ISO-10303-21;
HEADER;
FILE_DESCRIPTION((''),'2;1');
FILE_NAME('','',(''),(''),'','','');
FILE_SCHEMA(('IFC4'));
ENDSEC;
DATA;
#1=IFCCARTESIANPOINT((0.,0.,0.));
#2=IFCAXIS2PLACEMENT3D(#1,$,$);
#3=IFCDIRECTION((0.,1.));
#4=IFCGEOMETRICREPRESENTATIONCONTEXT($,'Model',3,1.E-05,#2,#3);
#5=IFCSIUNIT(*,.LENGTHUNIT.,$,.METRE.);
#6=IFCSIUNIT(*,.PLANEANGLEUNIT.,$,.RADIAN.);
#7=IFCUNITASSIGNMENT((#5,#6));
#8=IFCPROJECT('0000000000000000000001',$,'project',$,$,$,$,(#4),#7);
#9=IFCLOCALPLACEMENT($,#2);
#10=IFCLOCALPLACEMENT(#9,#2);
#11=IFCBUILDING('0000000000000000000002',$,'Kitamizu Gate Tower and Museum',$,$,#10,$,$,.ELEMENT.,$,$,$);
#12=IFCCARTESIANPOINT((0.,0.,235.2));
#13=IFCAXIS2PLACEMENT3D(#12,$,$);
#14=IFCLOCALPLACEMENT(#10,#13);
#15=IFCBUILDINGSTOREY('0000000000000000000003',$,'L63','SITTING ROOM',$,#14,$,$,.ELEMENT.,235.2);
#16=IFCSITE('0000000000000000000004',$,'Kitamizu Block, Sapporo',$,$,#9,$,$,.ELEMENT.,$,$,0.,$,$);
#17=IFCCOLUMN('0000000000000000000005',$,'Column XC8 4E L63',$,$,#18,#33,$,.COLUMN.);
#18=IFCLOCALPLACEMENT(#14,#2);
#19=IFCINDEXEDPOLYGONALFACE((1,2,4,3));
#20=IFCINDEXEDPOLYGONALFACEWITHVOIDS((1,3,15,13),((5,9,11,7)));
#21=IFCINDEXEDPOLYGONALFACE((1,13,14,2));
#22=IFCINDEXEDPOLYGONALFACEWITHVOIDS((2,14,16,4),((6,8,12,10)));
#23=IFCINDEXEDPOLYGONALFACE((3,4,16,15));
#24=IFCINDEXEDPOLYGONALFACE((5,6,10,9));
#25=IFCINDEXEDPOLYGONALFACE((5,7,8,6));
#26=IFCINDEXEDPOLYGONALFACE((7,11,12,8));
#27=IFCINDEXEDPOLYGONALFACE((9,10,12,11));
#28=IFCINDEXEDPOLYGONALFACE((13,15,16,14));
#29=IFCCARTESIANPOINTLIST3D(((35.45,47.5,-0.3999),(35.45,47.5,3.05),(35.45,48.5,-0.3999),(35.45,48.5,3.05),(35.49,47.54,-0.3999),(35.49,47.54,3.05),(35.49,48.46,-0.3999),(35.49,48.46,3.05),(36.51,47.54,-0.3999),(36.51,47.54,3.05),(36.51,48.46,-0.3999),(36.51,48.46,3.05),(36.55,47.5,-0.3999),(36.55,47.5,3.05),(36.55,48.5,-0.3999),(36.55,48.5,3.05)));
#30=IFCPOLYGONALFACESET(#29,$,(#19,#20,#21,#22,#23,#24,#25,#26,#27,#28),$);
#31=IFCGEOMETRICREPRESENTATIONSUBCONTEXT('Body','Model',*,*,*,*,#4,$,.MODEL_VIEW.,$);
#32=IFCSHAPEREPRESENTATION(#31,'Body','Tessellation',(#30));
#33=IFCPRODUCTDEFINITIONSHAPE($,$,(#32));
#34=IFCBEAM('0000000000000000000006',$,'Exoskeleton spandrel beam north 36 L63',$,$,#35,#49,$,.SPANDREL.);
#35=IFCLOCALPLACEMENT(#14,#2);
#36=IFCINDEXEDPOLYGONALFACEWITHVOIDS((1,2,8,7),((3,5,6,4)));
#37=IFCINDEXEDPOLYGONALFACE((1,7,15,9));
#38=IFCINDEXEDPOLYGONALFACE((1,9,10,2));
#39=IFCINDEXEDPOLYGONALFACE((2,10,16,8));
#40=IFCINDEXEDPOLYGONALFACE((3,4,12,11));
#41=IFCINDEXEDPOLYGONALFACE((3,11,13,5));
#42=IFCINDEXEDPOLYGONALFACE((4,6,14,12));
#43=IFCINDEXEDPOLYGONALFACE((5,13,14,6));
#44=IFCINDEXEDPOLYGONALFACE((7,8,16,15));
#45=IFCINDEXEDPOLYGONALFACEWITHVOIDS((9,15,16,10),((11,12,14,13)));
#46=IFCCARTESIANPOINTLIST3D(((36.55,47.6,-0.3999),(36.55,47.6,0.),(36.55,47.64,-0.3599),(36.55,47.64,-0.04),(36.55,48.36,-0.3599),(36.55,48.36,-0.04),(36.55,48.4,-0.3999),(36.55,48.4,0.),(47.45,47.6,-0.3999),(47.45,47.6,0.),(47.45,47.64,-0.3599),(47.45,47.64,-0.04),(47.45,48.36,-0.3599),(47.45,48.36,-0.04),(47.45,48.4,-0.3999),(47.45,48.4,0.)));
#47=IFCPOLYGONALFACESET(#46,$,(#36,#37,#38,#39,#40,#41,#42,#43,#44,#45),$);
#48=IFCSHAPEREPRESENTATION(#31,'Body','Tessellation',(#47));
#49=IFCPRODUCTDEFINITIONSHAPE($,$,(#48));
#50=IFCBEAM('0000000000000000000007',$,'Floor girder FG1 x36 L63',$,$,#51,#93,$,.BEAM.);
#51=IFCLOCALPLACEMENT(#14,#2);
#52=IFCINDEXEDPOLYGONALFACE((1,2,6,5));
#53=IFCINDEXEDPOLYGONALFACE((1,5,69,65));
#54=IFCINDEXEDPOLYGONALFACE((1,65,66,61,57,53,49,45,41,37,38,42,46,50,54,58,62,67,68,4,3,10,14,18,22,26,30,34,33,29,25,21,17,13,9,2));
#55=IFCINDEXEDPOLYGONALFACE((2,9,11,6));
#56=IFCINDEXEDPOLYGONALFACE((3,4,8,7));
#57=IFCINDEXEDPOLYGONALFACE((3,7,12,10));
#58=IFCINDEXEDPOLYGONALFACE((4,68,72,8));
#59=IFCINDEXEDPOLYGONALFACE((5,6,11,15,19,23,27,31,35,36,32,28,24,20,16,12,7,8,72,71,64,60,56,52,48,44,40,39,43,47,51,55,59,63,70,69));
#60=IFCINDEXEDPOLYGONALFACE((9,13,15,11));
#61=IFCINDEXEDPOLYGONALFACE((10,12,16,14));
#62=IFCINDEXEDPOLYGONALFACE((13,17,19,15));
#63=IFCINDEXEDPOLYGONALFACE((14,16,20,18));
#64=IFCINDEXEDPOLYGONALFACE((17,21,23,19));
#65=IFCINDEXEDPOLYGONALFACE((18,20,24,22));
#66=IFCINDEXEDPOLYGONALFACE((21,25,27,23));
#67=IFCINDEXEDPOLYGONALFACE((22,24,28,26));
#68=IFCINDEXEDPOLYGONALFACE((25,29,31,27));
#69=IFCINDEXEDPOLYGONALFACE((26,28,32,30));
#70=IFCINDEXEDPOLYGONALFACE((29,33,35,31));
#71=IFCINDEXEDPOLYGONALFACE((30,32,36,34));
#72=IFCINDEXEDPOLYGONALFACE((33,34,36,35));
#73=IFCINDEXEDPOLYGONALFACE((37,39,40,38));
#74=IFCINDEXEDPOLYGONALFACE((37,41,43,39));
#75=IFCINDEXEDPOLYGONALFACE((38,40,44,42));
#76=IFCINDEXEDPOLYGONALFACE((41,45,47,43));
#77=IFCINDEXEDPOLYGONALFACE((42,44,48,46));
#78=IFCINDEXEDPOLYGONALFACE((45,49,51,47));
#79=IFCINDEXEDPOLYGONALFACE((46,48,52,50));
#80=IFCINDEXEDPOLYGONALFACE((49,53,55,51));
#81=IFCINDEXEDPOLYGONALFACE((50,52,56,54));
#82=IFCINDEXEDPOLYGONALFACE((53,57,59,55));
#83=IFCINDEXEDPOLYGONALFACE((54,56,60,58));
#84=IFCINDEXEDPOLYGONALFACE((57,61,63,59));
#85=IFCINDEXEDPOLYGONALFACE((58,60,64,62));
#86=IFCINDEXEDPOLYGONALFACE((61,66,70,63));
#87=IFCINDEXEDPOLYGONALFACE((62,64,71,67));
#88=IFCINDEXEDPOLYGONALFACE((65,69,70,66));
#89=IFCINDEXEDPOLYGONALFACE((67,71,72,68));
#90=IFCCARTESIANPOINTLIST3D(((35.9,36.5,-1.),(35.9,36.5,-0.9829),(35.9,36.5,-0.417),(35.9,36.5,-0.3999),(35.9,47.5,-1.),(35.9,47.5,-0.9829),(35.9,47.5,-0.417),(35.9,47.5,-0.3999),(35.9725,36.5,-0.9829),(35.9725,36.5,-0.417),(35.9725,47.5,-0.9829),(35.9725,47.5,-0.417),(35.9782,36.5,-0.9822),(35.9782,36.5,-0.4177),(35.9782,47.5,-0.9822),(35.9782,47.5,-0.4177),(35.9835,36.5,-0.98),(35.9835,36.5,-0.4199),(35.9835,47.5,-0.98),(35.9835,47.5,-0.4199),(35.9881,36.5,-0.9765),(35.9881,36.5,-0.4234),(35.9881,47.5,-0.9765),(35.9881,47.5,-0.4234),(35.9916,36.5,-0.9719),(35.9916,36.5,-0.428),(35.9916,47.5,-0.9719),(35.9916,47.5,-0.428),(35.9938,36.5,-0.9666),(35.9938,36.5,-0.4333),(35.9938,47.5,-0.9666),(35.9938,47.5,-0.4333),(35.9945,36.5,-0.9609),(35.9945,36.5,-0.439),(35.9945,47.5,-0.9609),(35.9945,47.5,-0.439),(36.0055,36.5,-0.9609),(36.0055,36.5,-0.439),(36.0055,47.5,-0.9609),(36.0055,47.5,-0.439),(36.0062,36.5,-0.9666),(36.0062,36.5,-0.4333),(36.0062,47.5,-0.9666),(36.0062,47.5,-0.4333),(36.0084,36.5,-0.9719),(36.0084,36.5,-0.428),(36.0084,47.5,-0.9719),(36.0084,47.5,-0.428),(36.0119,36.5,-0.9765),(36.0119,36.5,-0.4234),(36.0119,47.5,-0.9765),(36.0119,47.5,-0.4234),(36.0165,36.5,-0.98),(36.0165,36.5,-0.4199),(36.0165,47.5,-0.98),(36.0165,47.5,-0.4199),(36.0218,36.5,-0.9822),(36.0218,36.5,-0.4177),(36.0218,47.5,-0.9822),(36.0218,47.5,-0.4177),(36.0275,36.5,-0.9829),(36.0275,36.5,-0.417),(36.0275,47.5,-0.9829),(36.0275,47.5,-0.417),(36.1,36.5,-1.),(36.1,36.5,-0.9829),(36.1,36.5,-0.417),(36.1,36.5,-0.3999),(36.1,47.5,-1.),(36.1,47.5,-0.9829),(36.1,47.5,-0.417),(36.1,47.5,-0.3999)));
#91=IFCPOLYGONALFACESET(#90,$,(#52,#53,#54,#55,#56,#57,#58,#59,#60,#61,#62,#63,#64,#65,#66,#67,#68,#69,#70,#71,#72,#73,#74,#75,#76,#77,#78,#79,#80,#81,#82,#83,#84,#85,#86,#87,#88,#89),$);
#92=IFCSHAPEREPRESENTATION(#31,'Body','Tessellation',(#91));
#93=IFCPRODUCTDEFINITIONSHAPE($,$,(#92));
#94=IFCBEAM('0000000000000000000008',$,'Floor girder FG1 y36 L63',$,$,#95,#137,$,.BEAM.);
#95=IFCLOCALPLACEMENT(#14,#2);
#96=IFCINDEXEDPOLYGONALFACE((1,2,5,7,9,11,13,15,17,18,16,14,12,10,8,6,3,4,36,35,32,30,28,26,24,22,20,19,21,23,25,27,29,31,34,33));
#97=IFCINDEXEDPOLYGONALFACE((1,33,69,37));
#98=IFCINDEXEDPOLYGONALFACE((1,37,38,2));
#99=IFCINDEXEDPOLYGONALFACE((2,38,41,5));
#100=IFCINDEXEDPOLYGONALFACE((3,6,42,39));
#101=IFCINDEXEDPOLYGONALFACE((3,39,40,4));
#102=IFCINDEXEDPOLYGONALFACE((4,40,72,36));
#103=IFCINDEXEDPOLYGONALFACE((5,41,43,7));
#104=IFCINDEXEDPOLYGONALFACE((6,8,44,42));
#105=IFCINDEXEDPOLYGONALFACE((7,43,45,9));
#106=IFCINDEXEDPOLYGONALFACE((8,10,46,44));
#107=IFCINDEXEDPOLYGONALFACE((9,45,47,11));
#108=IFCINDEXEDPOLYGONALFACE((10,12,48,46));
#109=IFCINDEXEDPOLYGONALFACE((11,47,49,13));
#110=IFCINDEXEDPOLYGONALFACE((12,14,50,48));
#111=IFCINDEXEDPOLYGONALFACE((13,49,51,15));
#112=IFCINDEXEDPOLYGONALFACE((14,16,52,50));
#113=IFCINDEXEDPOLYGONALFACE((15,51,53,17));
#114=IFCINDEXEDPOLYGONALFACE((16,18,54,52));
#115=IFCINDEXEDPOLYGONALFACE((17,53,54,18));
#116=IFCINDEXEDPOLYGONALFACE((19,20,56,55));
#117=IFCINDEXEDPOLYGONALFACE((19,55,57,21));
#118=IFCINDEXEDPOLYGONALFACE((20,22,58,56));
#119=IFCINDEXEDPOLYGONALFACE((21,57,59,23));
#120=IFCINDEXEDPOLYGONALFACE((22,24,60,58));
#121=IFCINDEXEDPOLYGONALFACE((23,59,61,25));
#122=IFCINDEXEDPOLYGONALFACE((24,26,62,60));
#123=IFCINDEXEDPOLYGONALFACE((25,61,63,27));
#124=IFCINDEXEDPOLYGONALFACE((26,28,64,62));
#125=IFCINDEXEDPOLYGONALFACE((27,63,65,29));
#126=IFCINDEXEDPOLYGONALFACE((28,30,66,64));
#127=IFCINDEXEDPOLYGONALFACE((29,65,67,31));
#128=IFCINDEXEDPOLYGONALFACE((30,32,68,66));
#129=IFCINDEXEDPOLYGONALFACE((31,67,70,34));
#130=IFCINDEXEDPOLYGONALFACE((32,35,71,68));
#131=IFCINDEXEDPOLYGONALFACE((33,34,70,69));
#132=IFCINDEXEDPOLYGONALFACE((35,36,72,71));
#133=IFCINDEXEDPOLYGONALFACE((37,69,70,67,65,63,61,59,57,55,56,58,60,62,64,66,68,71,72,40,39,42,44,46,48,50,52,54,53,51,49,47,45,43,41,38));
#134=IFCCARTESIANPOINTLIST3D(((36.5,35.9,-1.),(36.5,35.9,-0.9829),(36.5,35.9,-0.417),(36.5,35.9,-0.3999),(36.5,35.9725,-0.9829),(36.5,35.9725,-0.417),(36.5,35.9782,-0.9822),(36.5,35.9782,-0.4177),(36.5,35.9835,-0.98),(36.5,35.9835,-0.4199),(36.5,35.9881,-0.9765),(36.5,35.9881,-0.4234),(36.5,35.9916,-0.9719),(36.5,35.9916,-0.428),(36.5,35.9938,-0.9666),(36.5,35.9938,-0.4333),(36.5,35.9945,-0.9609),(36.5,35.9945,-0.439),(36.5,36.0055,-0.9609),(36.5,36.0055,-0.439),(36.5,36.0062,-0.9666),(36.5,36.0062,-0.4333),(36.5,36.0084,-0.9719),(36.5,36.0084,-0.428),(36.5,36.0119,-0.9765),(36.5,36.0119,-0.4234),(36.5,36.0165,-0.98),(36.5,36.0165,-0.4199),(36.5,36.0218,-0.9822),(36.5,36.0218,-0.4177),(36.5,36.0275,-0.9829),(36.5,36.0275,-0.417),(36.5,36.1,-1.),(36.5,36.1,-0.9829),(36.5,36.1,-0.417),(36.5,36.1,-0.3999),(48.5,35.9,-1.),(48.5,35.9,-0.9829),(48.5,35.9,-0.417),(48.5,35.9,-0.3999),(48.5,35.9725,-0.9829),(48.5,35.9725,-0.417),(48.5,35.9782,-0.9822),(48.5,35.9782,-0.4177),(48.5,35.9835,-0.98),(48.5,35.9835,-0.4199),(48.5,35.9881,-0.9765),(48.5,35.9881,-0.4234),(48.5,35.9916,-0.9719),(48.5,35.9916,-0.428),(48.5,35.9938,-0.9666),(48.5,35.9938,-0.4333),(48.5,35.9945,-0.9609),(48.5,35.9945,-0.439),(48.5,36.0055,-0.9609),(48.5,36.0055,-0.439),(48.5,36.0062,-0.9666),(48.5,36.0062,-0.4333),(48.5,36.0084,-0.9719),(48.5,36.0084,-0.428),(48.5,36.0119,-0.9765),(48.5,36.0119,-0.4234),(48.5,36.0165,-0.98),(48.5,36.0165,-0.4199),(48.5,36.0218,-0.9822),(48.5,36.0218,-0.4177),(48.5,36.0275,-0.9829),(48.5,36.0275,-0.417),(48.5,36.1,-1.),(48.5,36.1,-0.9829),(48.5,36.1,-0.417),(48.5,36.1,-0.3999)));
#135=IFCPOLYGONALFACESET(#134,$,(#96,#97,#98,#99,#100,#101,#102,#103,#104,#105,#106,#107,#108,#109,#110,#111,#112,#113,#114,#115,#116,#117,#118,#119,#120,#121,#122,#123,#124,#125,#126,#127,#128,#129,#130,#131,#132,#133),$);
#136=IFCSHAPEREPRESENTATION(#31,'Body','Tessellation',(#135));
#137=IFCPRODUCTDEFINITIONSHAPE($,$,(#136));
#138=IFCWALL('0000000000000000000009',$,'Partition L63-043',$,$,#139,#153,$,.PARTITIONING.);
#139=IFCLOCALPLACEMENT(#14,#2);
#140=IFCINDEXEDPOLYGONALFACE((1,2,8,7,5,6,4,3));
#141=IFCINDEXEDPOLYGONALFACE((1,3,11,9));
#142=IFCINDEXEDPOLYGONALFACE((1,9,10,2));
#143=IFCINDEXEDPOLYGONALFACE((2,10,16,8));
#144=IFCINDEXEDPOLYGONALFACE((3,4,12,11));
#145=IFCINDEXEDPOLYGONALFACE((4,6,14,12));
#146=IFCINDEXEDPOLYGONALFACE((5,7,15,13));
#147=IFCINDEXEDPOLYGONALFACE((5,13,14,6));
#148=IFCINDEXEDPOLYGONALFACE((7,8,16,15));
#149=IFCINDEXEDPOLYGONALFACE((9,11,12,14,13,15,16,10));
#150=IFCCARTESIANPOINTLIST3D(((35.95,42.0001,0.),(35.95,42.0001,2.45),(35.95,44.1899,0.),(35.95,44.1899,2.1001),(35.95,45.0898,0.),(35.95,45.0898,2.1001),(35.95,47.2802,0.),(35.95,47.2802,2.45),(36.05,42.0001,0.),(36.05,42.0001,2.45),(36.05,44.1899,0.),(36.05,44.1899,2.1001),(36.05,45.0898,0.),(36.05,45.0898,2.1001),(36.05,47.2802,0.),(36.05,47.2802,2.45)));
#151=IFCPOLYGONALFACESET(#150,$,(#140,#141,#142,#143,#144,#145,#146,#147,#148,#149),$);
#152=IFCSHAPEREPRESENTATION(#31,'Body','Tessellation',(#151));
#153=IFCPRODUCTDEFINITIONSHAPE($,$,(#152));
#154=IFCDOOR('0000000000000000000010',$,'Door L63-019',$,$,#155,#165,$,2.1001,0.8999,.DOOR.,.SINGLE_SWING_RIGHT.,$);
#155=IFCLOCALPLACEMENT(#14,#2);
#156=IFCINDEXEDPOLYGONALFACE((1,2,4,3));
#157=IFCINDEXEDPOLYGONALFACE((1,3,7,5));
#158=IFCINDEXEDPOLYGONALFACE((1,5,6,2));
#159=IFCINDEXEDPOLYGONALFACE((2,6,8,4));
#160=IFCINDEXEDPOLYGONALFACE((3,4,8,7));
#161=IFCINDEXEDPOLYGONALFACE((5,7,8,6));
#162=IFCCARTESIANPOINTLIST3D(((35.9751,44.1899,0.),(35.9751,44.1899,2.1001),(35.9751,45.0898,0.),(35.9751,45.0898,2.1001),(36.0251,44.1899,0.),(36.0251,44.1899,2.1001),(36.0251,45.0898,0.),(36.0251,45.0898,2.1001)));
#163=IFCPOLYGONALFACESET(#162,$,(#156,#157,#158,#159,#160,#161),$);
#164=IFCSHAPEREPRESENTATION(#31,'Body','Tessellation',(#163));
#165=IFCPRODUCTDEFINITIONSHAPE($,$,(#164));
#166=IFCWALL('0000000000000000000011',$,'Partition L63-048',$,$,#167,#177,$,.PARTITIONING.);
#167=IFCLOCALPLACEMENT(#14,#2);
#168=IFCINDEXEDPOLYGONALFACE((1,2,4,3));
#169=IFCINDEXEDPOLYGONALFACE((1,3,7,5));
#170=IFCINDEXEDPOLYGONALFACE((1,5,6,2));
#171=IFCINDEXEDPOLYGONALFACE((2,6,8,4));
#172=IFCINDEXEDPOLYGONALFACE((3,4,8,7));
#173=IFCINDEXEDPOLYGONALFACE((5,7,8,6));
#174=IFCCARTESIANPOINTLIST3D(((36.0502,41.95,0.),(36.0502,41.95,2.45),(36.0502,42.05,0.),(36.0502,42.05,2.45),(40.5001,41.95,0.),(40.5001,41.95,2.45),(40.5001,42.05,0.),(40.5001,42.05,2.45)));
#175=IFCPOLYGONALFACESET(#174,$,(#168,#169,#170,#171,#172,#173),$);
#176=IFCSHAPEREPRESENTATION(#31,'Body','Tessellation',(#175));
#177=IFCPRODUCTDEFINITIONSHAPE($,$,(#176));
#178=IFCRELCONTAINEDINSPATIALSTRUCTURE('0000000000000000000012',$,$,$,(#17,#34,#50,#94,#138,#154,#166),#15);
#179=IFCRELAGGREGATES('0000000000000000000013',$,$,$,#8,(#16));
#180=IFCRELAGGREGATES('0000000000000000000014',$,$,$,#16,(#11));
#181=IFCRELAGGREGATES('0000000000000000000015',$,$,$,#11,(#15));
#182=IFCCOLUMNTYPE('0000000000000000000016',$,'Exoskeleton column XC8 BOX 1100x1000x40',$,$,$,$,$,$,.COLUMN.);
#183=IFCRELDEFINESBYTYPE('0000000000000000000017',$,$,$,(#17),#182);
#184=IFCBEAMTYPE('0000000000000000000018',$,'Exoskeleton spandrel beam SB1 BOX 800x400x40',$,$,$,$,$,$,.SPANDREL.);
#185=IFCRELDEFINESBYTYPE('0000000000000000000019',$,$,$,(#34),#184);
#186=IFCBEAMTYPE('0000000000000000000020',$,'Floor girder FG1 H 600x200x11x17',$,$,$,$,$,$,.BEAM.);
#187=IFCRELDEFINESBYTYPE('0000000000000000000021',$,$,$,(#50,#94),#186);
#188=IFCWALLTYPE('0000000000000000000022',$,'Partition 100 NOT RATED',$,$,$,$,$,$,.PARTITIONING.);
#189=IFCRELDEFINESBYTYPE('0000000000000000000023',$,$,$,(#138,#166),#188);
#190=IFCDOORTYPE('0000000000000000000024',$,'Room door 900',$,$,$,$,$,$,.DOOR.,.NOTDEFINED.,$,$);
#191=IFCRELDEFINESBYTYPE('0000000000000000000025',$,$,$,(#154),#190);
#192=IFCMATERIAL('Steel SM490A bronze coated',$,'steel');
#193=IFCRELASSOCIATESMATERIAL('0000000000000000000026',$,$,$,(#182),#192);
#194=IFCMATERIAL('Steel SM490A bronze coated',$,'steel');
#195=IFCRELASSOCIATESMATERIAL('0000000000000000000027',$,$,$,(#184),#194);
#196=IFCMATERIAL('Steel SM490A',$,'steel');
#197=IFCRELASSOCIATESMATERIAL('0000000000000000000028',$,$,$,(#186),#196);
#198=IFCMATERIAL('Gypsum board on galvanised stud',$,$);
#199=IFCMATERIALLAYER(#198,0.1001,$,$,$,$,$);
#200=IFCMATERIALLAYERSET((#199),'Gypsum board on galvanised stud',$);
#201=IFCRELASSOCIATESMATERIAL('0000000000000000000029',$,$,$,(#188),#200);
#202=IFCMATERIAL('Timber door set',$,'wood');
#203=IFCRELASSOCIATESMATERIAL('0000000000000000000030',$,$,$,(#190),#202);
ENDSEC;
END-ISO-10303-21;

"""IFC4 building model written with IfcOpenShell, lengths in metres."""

from ifc_helpers import new_model, si_unit, direction, frame, frame_2d, origin, origin_2d, place, context, subcontext, project, spatial, rectangle, hollow_rectangle, i_section, extrude, material, layer, layer_set, material_profile, profile_set, type_object, element, fill, save


model = new_model("IFC4")

# Units and contexts
model_context = context("Model", 3, precision=1e-05, world=origin(), true_north=direction((0.0, 1.0)))
body_context = subcontext(model_context, "Body", "Model", "MODEL_VIEW")
ifc_project = project(units=[si_unit("LENGTHUNIT", "METRE"), si_unit("PLANEANGLEUNIT", "RADIAN")], contexts=[model_context])

# Site, building, storey
site_placement = place(None, origin())
site = spatial("IfcSite", under=ifc_project, at=site_placement, Name="Kitamizu Block, Sapporo", CompositionType="ELEMENT", RefElevation=0.0)
building_placement = place(site_placement, origin())
building = spatial("IfcBuilding", under=site, at=building_placement, Name="Kitamizu Gate Tower and Museum", CompositionType="ELEMENT")
storey_placement = place(building_placement, frame((0.0, 0.0, 235.2)))
storey = spatial("IfcBuildingStorey", under=building, at=storey_placement, Name="L63", Description="SITTING ROOM", CompositionType="ELEMENT", Elevation=235.2)

# Column
ifc_material_1 = material(Name="Steel SM490A bronze coated", Category="steel")
ifc_material_profile_1 = material_profile(ifc_material_1, hollow_rectangle(XDim=1.1001, YDim=1.0, WallThickness=0.04, at=origin_2d()), Name="BOX 1100x1000x40")
ifc_profile_set_1 = profile_set([ifc_material_profile_1], Name="Steel SM490A bronze coated")
column_type = type_object("IfcColumnType", Name="Exoskeleton column XC8 BOX 1100x1000x40", PredefinedType="COLUMN", material=ifc_profile_set_1)
column_placement = place(storey_placement, frame((36.0, 48.0, -0.3999), z_axis=(0.0, 0.0, 1.0), x_axis=(1.0, 0.0, 0.0)))
element("IfcColumn", 1, at=column_placement, inside=storey, type_object=column_type, Name="Column XC8 4E L63", PredefinedType="COLUMN", context=body_context, shape_type="SweptSolid", body=[
    extrude(hollow_rectangle(XDim=1.1001, YDim=1.0, WallThickness=0.04, at=origin_2d()), origin(), (0.0, 0.0, 1.0), 3.45),
])

# Beams
ifc_material_2 = material(Name="Steel SM490A bronze coated", Category="steel")
ifc_material_profile_2 = material_profile(ifc_material_2, hollow_rectangle(XDim=0.8, YDim=0.3999, WallThickness=0.04, at=origin_2d()), Name="BOX 800x400x40")
ifc_profile_set_2 = profile_set([ifc_material_profile_2], Name="Steel SM490A bronze coated")
beam_type_1 = type_object("IfcBeamType", Name="Exoskeleton spandrel beam SB1 BOX 800x400x40", PredefinedType="SPANDREL", material=ifc_profile_set_2)
beam_1_placement = place(storey_placement, frame((36.55, 48.0, -0.2), z_axis=(1.0, 0.0, 0.0), x_axis=(0.0, 1.0, 0.0)))
element("IfcBeam", 2, at=beam_1_placement, inside=storey, type_object=beam_type_1, Name="Exoskeleton spandrel beam north 36 L63", PredefinedType="SPANDREL", context=body_context, shape_type="SweptSolid", body=[
    extrude(hollow_rectangle(XDim=0.8, YDim=0.3999, WallThickness=0.04, at=origin_2d()), origin(), (0.0, 0.0, 1.0), 10.8999),
])
ifc_material_3 = material(Name="Steel SM490A", Category="steel")
ifc_material_profile_3 = material_profile(ifc_material_3, i_section(OverallWidth=0.2, OverallDepth=0.6001, WebThickness=0.011, FlangeThickness=0.0171, FilletRadius=0.022, at=origin_2d()), Name="H-600x200x11x17")
ifc_profile_set_3 = profile_set([ifc_material_profile_3], Name="Steel SM490A")
beam_type_2 = type_object("IfcBeamType", Name="Floor girder FG1 H 600x200x11x17", PredefinedType="BEAM", material=ifc_profile_set_3)
beam_2_placement = place(storey_placement, frame((36.0, 36.5, -0.7), z_axis=(0.0, 1.0, 0.0), x_axis=(-1.0, 0.0, 0.0)))
element("IfcBeam", 3, at=beam_2_placement, inside=storey, type_object=beam_type_2, Name="Floor girder FG1 x36 L63", PredefinedType="BEAM", context=body_context, shape_type="SweptSolid", body=[
    extrude(i_section(OverallWidth=0.2, OverallDepth=0.6001, WebThickness=0.011, FlangeThickness=0.0171, FilletRadius=0.022, at=origin_2d()), origin(), (0.0, 0.0, 1.0), 11.0),
])
beam_3_placement = place(storey_placement, frame((36.5, 36.0, -0.7), z_axis=(1.0, 0.0, 0.0), x_axis=(0.0, 1.0, 0.0)))
element("IfcBeam", 4, at=beam_3_placement, inside=storey, type_object=beam_type_2, Name="Floor girder FG1 y36 L63", PredefinedType="BEAM", context=body_context, shape_type="SweptSolid", body=[
    extrude(i_section(OverallWidth=0.2, OverallDepth=0.6001, WebThickness=0.011, FlangeThickness=0.0171, FilletRadius=0.022, at=origin_2d()), origin(), (0.0, 0.0, 1.0), 12.0),
])

# Wall, opening, door
ifc_material_4 = material(Name="Gypsum board on galvanised stud")
ifc_layer_1 = layer(ifc_material_4, 0.1001)
ifc_layer_set_1 = layer_set([ifc_layer_1], Name="Gypsum board on galvanised stud")
wall_type_1 = type_object("IfcWallType", Name="Partition 100 NOT RATED", PredefinedType="PARTITIONING", material=ifc_layer_set_1)
wall_1_placement = place(storey_placement, frame((36.0, 42.0, 0.0), z_axis=(0.0, 0.0, 1.0), x_axis=(0.0, 1.0, 0.0)))
wall_1 = element("IfcWall", 5, at=wall_1_placement, inside=storey, type_object=wall_type_1, Name="Partition L63-043", PredefinedType="PARTITIONING", context=body_context, shape_type="SweptSolid", body=[
    extrude(rectangle(XDim=5.28, YDim=0.1001, at=frame_2d((2.6401, 0.0))), origin(), (0.0, 0.0, 1.0), 2.45),
])
opening_1_placement = place(wall_1_placement, frame((2.1899, 0.0, 0.0)))
opening_1 = element("IfcOpeningElement", 6, at=opening_1_placement, cuts=wall_1, PredefinedType="OPENING", context=body_context, shape_type="SweptSolid", body=[
    extrude(rectangle(XDim=0.8999, YDim=2.1001, at=frame_2d((0.45, 1.05))), frame((0.0, 0.0601, 0.0), z_axis=(0.0, -1.0, 0.0), x_axis=(1.0, 0.0, 0.0)), (0.0, 0.0, 1.0), 0.1201),
])
ifc_material_5 = material(Name="Timber door set", Category="wood")
door_type_1 = type_object("IfcDoorType", Name="Room door 900", OperationType="NOTDEFINED", PredefinedType="DOOR", material=ifc_material_5)
door_1_placement = place(opening_1_placement, origin())
door_1 = element("IfcDoor", 7, at=door_1_placement, inside=storey, type_object=door_type_1, Name="Door L63-019", OperationType="SINGLE_SWING_RIGHT", OverallHeight=2.1001, OverallWidth=0.8999, PredefinedType="DOOR", context=body_context, shape_type="SweptSolid", body=[
    extrude(rectangle(XDim=0.8999, YDim=2.1001, at=frame_2d((0.45, 1.05))), frame((0.0, 0.0249, 0.0), z_axis=(0.0, -1.0, 0.0), x_axis=(1.0, 0.0, 0.0)), (0.0, 0.0, 1.0), 0.05),
])
fill(opening_1, door_1)

# Wall
wall_2_placement = place(storey_placement, frame((36.05, 42.0, 0.0), z_axis=(0.0, 0.0, 1.0), x_axis=(1.0, 0.0, 0.0)))
element("IfcWall", 8, at=wall_2_placement, inside=storey, type_object=wall_type_1, Name="Partition L63-048", PredefinedType="PARTITIONING", context=body_context, shape_type="SweptSolid", body=[
    extrude(rectangle(XDim=4.45, YDim=0.1001, at=frame_2d((2.2251, 0.0))), origin(), (0.0, 0.0, 1.0), 2.45),
])

save(model, "model.ifc")
